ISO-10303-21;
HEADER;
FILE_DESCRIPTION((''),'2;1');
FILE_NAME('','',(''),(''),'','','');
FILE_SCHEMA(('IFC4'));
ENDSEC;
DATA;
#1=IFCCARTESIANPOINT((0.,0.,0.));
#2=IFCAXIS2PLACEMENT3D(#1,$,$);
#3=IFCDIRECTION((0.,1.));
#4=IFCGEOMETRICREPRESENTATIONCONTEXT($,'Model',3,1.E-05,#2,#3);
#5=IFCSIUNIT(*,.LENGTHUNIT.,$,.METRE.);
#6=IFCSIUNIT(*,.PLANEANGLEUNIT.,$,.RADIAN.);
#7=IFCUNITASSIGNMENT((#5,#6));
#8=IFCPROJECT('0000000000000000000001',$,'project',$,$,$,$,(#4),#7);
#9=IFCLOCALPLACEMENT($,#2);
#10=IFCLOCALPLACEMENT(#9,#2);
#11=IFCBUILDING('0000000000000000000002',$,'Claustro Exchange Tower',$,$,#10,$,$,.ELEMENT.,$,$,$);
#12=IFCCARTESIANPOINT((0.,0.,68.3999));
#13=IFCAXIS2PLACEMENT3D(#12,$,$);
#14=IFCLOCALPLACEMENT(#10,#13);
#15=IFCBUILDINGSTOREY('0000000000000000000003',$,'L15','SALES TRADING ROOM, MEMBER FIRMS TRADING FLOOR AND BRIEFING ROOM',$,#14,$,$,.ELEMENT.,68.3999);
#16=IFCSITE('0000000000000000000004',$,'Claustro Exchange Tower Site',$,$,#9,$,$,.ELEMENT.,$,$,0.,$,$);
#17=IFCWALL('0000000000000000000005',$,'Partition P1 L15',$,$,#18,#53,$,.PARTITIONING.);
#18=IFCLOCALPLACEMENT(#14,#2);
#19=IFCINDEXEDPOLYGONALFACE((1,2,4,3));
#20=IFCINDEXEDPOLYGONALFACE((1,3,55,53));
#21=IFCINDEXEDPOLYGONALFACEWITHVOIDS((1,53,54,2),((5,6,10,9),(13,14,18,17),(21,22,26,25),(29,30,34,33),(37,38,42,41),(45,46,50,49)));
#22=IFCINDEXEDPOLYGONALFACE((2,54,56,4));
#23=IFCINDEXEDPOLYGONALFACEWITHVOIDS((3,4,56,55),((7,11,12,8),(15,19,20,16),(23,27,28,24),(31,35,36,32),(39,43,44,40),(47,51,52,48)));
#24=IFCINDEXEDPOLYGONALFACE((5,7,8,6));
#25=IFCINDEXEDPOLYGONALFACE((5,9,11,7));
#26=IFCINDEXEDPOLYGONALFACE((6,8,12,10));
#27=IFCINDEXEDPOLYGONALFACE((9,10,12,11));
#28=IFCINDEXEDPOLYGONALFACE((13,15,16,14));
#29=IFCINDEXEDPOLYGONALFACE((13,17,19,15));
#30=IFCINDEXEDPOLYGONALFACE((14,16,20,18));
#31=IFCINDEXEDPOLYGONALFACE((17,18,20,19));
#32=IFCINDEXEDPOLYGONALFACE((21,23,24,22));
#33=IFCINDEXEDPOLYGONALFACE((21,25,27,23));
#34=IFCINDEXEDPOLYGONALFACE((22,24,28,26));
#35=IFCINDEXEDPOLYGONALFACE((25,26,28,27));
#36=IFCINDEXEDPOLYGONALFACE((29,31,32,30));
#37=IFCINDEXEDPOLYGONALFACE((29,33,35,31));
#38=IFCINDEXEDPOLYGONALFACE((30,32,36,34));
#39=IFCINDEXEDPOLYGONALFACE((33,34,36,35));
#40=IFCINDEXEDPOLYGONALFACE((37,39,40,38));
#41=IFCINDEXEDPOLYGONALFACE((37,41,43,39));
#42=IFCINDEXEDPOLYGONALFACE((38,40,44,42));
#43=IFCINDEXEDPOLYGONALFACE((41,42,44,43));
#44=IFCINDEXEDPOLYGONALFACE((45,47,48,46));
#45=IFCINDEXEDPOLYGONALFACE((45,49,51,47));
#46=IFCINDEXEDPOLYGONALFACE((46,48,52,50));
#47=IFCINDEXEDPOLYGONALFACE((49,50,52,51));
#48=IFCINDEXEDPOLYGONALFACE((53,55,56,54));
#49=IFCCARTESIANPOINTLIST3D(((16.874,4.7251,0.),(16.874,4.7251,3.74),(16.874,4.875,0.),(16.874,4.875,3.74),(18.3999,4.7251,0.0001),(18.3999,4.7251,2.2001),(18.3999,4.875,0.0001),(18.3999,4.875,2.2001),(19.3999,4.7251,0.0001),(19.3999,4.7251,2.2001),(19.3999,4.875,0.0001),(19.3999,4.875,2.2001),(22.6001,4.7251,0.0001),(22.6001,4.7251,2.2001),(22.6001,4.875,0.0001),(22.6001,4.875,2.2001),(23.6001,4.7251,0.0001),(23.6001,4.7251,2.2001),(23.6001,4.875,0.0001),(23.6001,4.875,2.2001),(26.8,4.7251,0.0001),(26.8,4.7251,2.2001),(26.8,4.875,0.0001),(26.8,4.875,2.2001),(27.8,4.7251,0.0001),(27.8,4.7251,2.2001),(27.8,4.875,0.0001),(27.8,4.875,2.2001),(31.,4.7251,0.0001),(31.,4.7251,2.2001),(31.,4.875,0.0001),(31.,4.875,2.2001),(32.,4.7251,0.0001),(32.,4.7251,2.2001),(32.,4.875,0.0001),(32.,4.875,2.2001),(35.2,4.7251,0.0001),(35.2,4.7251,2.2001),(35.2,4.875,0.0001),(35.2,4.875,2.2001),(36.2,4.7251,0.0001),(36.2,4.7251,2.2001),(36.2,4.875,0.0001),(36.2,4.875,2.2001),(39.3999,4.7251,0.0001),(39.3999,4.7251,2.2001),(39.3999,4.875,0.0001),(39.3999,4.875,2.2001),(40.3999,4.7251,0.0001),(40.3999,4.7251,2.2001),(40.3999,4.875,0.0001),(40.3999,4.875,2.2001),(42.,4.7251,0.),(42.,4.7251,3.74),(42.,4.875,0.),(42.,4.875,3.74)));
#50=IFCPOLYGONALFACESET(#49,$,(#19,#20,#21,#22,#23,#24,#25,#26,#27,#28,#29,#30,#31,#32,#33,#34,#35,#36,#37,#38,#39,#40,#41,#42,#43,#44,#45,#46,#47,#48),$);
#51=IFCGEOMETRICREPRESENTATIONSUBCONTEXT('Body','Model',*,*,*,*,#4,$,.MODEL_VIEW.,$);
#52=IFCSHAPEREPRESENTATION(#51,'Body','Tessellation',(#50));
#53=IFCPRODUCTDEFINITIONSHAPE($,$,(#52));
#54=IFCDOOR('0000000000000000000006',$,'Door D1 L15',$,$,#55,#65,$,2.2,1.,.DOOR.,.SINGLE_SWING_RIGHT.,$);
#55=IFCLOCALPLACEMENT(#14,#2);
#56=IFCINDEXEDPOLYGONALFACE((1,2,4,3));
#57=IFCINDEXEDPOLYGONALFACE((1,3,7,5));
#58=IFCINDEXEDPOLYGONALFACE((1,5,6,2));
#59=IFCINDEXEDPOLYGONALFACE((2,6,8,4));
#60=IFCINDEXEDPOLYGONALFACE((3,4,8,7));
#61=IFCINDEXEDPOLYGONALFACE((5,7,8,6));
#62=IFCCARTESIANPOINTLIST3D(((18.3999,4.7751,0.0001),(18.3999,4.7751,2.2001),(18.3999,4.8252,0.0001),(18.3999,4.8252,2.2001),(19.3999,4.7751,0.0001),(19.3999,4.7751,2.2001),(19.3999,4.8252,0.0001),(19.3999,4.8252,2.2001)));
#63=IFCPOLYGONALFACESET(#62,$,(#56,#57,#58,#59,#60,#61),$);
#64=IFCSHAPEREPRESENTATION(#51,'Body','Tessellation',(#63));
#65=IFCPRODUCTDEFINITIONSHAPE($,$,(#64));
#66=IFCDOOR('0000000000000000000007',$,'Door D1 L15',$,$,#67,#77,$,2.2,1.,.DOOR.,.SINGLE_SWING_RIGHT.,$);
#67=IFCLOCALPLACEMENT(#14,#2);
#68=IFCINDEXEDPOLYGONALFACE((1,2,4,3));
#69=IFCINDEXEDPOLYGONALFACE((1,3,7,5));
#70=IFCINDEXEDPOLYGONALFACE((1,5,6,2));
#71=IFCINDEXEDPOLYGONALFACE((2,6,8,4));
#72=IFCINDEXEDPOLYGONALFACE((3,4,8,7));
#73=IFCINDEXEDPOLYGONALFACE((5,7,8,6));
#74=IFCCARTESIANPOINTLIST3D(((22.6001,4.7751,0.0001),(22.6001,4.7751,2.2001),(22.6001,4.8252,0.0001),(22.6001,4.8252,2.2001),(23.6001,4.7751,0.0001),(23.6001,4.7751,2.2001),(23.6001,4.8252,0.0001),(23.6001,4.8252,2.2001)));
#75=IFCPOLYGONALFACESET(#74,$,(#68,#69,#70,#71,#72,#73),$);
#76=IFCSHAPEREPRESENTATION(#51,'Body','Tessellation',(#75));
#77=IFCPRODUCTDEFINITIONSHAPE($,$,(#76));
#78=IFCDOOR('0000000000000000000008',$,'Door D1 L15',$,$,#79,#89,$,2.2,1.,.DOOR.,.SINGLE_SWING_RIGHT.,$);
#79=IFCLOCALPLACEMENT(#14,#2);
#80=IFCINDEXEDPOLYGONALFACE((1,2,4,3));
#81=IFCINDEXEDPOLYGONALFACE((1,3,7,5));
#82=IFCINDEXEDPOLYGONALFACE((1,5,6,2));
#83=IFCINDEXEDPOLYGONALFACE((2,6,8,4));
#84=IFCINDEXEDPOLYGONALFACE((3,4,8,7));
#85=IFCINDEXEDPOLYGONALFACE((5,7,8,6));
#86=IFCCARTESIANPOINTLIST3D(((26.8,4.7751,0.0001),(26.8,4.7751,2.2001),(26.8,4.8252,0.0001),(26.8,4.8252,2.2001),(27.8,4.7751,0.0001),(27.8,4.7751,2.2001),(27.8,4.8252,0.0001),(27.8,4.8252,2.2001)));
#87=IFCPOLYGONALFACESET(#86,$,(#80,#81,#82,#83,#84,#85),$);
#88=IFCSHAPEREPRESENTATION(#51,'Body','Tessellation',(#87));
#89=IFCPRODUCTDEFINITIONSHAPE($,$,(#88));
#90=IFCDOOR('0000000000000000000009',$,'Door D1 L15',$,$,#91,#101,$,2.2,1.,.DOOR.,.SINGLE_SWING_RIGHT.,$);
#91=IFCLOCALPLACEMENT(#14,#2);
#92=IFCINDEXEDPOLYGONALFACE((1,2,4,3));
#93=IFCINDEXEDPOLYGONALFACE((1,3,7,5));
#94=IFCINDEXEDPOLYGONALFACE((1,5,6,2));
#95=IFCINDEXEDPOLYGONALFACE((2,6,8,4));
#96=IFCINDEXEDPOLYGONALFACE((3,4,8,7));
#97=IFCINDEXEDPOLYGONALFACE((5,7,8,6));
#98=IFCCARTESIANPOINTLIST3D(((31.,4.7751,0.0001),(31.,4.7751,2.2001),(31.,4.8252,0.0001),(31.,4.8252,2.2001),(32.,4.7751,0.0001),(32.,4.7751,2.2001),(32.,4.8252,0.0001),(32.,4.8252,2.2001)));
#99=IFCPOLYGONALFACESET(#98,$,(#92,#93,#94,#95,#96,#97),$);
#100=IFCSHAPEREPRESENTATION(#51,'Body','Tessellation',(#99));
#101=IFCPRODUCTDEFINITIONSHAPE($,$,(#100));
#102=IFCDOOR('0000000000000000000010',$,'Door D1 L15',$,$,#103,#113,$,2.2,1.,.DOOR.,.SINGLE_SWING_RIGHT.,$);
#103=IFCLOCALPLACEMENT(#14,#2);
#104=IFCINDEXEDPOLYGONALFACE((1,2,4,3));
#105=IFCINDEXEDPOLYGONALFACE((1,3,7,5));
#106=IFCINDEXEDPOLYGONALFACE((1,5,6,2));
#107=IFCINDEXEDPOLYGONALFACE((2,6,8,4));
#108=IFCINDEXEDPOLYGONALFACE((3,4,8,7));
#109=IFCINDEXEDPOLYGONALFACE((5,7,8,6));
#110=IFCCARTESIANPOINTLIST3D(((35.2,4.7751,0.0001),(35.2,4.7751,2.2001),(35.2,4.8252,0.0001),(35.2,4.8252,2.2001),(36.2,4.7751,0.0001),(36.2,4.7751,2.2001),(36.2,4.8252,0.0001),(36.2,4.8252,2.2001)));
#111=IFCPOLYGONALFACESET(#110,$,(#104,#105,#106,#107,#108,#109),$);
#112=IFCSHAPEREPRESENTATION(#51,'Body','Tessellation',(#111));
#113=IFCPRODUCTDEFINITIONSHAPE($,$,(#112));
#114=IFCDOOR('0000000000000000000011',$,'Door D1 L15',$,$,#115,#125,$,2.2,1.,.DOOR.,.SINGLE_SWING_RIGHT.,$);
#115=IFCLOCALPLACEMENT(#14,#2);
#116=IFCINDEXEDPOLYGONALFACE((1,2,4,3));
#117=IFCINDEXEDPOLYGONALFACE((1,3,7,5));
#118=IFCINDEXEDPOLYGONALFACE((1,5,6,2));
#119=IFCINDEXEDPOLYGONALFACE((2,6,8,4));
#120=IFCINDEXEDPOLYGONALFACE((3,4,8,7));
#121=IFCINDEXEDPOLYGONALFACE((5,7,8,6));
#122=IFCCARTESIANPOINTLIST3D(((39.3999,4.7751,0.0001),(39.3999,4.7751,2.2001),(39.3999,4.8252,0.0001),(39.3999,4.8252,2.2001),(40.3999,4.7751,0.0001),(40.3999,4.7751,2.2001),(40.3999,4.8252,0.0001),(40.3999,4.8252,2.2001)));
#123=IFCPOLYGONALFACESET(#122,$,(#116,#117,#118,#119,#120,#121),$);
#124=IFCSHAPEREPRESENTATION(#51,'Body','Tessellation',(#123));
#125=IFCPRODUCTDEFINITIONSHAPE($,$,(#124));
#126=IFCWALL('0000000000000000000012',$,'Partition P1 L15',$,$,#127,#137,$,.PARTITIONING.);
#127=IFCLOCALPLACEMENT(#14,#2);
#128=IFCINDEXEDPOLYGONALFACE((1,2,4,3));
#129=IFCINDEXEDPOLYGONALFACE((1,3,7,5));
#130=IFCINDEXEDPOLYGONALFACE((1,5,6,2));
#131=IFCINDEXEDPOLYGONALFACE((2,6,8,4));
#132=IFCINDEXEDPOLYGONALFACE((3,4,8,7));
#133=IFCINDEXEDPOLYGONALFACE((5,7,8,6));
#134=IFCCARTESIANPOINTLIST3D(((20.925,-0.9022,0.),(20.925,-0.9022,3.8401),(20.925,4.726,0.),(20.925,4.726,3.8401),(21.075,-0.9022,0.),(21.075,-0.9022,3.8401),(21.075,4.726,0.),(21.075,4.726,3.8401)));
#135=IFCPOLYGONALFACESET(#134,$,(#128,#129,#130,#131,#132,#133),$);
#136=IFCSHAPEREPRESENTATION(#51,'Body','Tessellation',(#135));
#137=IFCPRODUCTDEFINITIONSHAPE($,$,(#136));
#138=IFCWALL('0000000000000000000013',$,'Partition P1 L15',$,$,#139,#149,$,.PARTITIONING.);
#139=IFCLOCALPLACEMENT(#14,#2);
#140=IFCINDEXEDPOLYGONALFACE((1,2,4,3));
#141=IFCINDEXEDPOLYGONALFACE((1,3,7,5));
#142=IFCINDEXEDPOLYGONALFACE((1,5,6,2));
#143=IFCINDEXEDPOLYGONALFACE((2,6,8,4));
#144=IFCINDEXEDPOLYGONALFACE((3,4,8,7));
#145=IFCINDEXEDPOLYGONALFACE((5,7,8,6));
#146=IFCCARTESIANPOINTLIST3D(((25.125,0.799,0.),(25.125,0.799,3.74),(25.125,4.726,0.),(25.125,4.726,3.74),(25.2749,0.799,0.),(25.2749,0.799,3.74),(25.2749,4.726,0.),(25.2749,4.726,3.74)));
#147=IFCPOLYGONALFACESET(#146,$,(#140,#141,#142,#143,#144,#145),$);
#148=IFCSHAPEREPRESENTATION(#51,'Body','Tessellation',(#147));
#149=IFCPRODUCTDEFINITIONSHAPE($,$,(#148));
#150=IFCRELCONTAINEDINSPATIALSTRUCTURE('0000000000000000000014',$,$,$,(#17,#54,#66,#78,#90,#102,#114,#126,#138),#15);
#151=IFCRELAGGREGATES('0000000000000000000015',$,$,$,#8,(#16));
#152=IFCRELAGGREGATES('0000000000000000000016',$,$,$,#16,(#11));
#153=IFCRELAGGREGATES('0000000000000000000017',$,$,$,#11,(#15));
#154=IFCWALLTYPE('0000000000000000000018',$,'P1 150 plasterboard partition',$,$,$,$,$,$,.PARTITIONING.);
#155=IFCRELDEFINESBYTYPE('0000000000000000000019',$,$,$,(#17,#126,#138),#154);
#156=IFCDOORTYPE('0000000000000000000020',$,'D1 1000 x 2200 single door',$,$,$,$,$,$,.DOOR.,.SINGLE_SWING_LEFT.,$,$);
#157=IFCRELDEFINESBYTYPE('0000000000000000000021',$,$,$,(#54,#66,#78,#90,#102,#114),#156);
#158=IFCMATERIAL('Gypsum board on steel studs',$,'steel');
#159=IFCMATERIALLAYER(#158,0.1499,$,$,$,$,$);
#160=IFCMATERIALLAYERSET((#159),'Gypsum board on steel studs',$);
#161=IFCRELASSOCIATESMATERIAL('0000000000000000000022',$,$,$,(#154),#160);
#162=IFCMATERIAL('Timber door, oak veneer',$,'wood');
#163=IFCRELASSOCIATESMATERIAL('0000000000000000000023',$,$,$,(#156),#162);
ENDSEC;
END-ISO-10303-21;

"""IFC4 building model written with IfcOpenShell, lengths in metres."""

from ifc_helpers import new_model, si_unit, direction, frame, frame_2d, origin, place, context, subcontext, project, spatial, rectangle, extrude, material, layer, layer_set, type_object, element, fill, save


model = new_model("IFC4")

# Units and contexts
model_context = context("Model", 3, precision=1e-05, world=origin(), true_north=direction((0.0, 1.0)))
body_context = subcontext(model_context, "Body", "Model", "MODEL_VIEW")
ifc_project = project(units=[si_unit("LENGTHUNIT", "METRE"), si_unit("PLANEANGLEUNIT", "RADIAN")], contexts=[model_context])

# Site, building, storey
site_placement = place(None, origin())
site = spatial("IfcSite", under=ifc_project, at=site_placement, Name="Claustro Exchange Tower Site", CompositionType="ELEMENT", RefElevation=0.0)
building_placement = place(site_placement, origin())
building = spatial("IfcBuilding", under=site, at=building_placement, Name="Claustro Exchange Tower", CompositionType="ELEMENT")
storey_placement = place(building_placement, frame((0.0, 0.0, 68.3999)))
storey = spatial("IfcBuildingStorey", under=building, at=storey_placement, Name="L15", Description="SALES TRADING ROOM, MEMBER FIRMS TRADING FLOOR AND BRIEFING ROOM", CompositionType="ELEMENT", Elevation=68.3999)

# Wall, openings, doors
ifc_material_1 = material(Name="Gypsum board on steel studs", Category="steel")
ifc_layer_1 = layer(ifc_material_1, 0.1499)
ifc_layer_set_1 = layer_set([ifc_layer_1], Name="Gypsum board on steel studs")
wall_type_1 = type_object("IfcWallType", Name="P1 150 plasterboard partition", PredefinedType="PARTITIONING", material=ifc_layer_set_1)
wall_1_placement = place(storey_placement, frame((16.874, 4.8, 0.0), z_axis=(0.0, 0.0, 1.0), x_axis=(1.0, 0.0, 0.0)))
wall_1 = element("IfcWall", 1, at=wall_1_placement, inside=storey, type_object=wall_type_1, Name="Partition P1 L15", PredefinedType="PARTITIONING", context=body_context, shape_type="SweptSolid", body=[
    extrude(rectangle(XDim=25.126, YDim=0.1499, at=frame_2d((12.563, 0.0))), origin(), (0.0, 0.0, 1.0), 3.74),
])
opening_1_placement = place(wall_1_placement, frame((1.5259, 0.0, 0.0)))
opening_1 = element("IfcOpeningElement", 2, at=opening_1_placement, cuts=wall_1, PredefinedType="OPENING", context=body_context, shape_type="SweptSolid", body=[
    extrude(rectangle(XDim=1.0, YDim=2.2, at=frame_2d((0.5, 1.1001))), frame((0.0, 0.085, 0.0), z_axis=(0.0, -1.0, 0.0), x_axis=(1.0, 0.0, 0.0)), (0.0, 0.0, 1.0), 0.1699),
])
opening_2_placement = place(wall_1_placement, frame((5.7261, 0.0, 0.0)))
opening_2 = element("IfcOpeningElement", 3, at=opening_2_placement, cuts=wall_1, PredefinedType="OPENING", context=body_context, shape_type="SweptSolid", body=[
    extrude(rectangle(XDim=1.0, YDim=2.2, at=frame_2d((0.5, 1.1001))), frame((0.0, 0.085, 0.0), z_axis=(0.0, -1.0, 0.0), x_axis=(1.0, 0.0, 0.0)), (0.0, 0.0, 1.0), 0.1699),
])
opening_3_placement = place(wall_1_placement, frame((9.926, 0.0, 0.0)))
opening_3 = element("IfcOpeningElement", 4, at=opening_3_placement, cuts=wall_1, PredefinedType="OPENING", context=body_context, shape_type="SweptSolid", body=[
    extrude(rectangle(XDim=1.0, YDim=2.2, at=frame_2d((0.5, 1.1001))), frame((0.0, 0.085, 0.0), z_axis=(0.0, -1.0, 0.0), x_axis=(1.0, 0.0, 0.0)), (0.0, 0.0, 1.0), 0.1699),
])
opening_4_placement = place(wall_1_placement, frame((14.126, 0.0, 0.0)))
opening_4 = element("IfcOpeningElement", 5, at=opening_4_placement, cuts=wall_1, PredefinedType="OPENING", context=body_context, shape_type="SweptSolid", body=[
    extrude(rectangle(XDim=1.0, YDim=2.2, at=frame_2d((0.5, 1.1001))), frame((0.0, 0.085, 0.0), z_axis=(0.0, -1.0, 0.0), x_axis=(1.0, 0.0, 0.0)), (0.0, 0.0, 1.0), 0.1699),
])
opening_5_placement = place(wall_1_placement, frame((18.3259, 0.0, 0.0)))
opening_5 = element("IfcOpeningElement", 6, at=opening_5_placement, cuts=wall_1, PredefinedType="OPENING", context=body_context, shape_type="SweptSolid", body=[
    extrude(rectangle(XDim=1.0, YDim=2.2, at=frame_2d((0.5, 1.1001))), frame((0.0, 0.085, 0.0), z_axis=(0.0, -1.0, 0.0), x_axis=(1.0, 0.0, 0.0)), (0.0, 0.0, 1.0), 0.1699),
])
opening_6_placement = place(wall_1_placement, frame((22.5259, 0.0, 0.0)))
opening_6 = element("IfcOpeningElement", 7, at=opening_6_placement, cuts=wall_1, PredefinedType="OPENING", context=body_context, shape_type="SweptSolid", body=[
    extrude(rectangle(XDim=1.0, YDim=2.2, at=frame_2d((0.5, 1.1001))), frame((0.0, 0.085, 0.0), z_axis=(0.0, -1.0, 0.0), x_axis=(1.0, 0.0, 0.0)), (0.0, 0.0, 1.0), 0.1699),
])
ifc_material_2 = material(Name="Timber door, oak veneer", Category="wood")
door_type = type_object("IfcDoorType", Name="D1 1000 x 2200 single door", OperationType="SINGLE_SWING_LEFT", PredefinedType="DOOR", material=ifc_material_2)
door_1_placement = place(opening_1_placement, frame((1.0, 0.0, 0.0), z_axis=(0.0, 0.0, 1.0), x_axis=(-1.0, 0.0, 0.0)))
door_1 = element("IfcDoor", 8, at=door_1_placement, inside=storey, type_object=door_type, Name="Door D1 L15", OperationType="SINGLE_SWING_RIGHT", OverallHeight=2.2, OverallWidth=1.0, PredefinedType="DOOR", context=body_context, shape_type="SweptSolid", body=[
    extrude(rectangle(XDim=1.0, YDim=2.2, at=frame_2d((0.5, 1.1001))), frame((0.0, 0.0249, 0.0), z_axis=(0.0, -1.0, 0.0), x_axis=(1.0, 0.0, 0.0)), (0.0, 0.0, 1.0), 0.05),
])
fill(opening_1, door_1)
door_2_placement = place(opening_2_placement, frame((1.0, 0.0, 0.0), z_axis=(0.0, 0.0, 1.0), x_axis=(-1.0, 0.0, 0.0)))
door_2 = element("IfcDoor", 9, at=door_2_placement, inside=storey, type_object=door_type, Name="Door D1 L15", OperationType="SINGLE_SWING_RIGHT", OverallHeight=2.2, OverallWidth=1.0, PredefinedType="DOOR", context=body_context, shape_type="SweptSolid", body=[
    extrude(rectangle(XDim=1.0, YDim=2.2, at=frame_2d((0.5, 1.1001))), frame((0.0, 0.0249, 0.0), z_axis=(0.0, -1.0, 0.0), x_axis=(1.0, 0.0, 0.0)), (0.0, 0.0, 1.0), 0.05),
])
fill(opening_2, door_2)
door_3_placement = place(opening_3_placement, frame((1.0, 0.0, 0.0), z_axis=(0.0, 0.0, 1.0), x_axis=(-1.0, 0.0, 0.0)))
door_3 = element("IfcDoor", 10, at=door_3_placement, inside=storey, type_object=door_type, Name="Door D1 L15", OperationType="SINGLE_SWING_RIGHT", OverallHeight=2.2, OverallWidth=1.0, PredefinedType="DOOR", context=body_context, shape_type="SweptSolid", body=[
    extrude(rectangle(XDim=1.0, YDim=2.2, at=frame_2d((0.5, 1.1001))), frame((0.0, 0.0249, 0.0), z_axis=(0.0, -1.0, 0.0), x_axis=(1.0, 0.0, 0.0)), (0.0, 0.0, 1.0), 0.05),
])
fill(opening_3, door_3)
door_4_placement = place(opening_4_placement, frame((1.0, 0.0, 0.0), z_axis=(0.0, 0.0, 1.0), x_axis=(-1.0, 0.0, 0.0)))
door_4 = element("IfcDoor", 11, at=door_4_placement, inside=storey, type_object=door_type, Name="Door D1 L15", OperationType="SINGLE_SWING_RIGHT", OverallHeight=2.2, OverallWidth=1.0, PredefinedType="DOOR", context=body_context, shape_type="SweptSolid", body=[
    extrude(rectangle(XDim=1.0, YDim=2.2, at=frame_2d((0.5, 1.1001))), frame((0.0, 0.0249, 0.0), z_axis=(0.0, -1.0, 0.0), x_axis=(1.0, 0.0, 0.0)), (0.0, 0.0, 1.0), 0.05),
])
fill(opening_4, door_4)
door_5_placement = place(opening_5_placement, frame((1.0, 0.0, 0.0), z_axis=(0.0, 0.0, 1.0), x_axis=(-1.0, 0.0, 0.0)))
door_5 = element("IfcDoor", 12, at=door_5_placement, inside=storey, type_object=door_type, Name="Door D1 L15", OperationType="SINGLE_SWING_RIGHT", OverallHeight=2.2, OverallWidth=1.0, PredefinedType="DOOR", context=body_context, shape_type="SweptSolid", body=[
    extrude(rectangle(XDim=1.0, YDim=2.2, at=frame_2d((0.5, 1.1001))), frame((0.0, 0.0249, 0.0), z_axis=(0.0, -1.0, 0.0), x_axis=(1.0, 0.0, 0.0)), (0.0, 0.0, 1.0), 0.05),
])
fill(opening_5, door_5)
door_6_placement = place(opening_6_placement, frame((1.0, 0.0, 0.0), z_axis=(0.0, 0.0, 1.0), x_axis=(-1.0, 0.0, 0.0)))
door_6 = element("IfcDoor", 13, at=door_6_placement, inside=storey, type_object=door_type, Name="Door D1 L15", OperationType="SINGLE_SWING_RIGHT", OverallHeight=2.2, OverallWidth=1.0, PredefinedType="DOOR", context=body_context, shape_type="SweptSolid", body=[
    extrude(rectangle(XDim=1.0, YDim=2.2, at=frame_2d((0.5, 1.1001))), frame((0.0, 0.0249, 0.0), z_axis=(0.0, -1.0, 0.0), x_axis=(1.0, 0.0, 0.0)), (0.0, 0.0, 1.0), 0.05),
])
fill(opening_6, door_6)

# Walls
wall_2_placement = place(storey_placement, frame((21.0, -0.9021, 0.0), z_axis=(0.0, 0.0, 1.0), x_axis=(0.0, 1.0, 0.0)))
element("IfcWall", 14, at=wall_2_placement, inside=storey, type_object=wall_type_1, Name="Partition P1 L15", PredefinedType="PARTITIONING", context=body_context, shape_type="SweptSolid", body=[
    extrude(rectangle(XDim=5.6282, YDim=0.1499, at=frame_2d((2.814, 0.0))), origin(), (0.0, 0.0, 1.0), 3.8401),
])
wall_3_placement = place(storey_placement, frame((25.2, 0.7991, 0.0), z_axis=(0.0, 0.0, 1.0), x_axis=(0.0, 1.0, 0.0)))
element("IfcWall", 15, at=wall_3_placement, inside=storey, type_object=wall_type_1, Name="Partition P1 L15", PredefinedType="PARTITIONING", context=body_context, shape_type="SweptSolid", body=[
    extrude(rectangle(XDim=3.927, YDim=0.1499, at=frame_2d((1.9634, 0.0))), origin(), (0.0, 0.0, 1.0), 3.74),
])

save(model, "model.ifc")
